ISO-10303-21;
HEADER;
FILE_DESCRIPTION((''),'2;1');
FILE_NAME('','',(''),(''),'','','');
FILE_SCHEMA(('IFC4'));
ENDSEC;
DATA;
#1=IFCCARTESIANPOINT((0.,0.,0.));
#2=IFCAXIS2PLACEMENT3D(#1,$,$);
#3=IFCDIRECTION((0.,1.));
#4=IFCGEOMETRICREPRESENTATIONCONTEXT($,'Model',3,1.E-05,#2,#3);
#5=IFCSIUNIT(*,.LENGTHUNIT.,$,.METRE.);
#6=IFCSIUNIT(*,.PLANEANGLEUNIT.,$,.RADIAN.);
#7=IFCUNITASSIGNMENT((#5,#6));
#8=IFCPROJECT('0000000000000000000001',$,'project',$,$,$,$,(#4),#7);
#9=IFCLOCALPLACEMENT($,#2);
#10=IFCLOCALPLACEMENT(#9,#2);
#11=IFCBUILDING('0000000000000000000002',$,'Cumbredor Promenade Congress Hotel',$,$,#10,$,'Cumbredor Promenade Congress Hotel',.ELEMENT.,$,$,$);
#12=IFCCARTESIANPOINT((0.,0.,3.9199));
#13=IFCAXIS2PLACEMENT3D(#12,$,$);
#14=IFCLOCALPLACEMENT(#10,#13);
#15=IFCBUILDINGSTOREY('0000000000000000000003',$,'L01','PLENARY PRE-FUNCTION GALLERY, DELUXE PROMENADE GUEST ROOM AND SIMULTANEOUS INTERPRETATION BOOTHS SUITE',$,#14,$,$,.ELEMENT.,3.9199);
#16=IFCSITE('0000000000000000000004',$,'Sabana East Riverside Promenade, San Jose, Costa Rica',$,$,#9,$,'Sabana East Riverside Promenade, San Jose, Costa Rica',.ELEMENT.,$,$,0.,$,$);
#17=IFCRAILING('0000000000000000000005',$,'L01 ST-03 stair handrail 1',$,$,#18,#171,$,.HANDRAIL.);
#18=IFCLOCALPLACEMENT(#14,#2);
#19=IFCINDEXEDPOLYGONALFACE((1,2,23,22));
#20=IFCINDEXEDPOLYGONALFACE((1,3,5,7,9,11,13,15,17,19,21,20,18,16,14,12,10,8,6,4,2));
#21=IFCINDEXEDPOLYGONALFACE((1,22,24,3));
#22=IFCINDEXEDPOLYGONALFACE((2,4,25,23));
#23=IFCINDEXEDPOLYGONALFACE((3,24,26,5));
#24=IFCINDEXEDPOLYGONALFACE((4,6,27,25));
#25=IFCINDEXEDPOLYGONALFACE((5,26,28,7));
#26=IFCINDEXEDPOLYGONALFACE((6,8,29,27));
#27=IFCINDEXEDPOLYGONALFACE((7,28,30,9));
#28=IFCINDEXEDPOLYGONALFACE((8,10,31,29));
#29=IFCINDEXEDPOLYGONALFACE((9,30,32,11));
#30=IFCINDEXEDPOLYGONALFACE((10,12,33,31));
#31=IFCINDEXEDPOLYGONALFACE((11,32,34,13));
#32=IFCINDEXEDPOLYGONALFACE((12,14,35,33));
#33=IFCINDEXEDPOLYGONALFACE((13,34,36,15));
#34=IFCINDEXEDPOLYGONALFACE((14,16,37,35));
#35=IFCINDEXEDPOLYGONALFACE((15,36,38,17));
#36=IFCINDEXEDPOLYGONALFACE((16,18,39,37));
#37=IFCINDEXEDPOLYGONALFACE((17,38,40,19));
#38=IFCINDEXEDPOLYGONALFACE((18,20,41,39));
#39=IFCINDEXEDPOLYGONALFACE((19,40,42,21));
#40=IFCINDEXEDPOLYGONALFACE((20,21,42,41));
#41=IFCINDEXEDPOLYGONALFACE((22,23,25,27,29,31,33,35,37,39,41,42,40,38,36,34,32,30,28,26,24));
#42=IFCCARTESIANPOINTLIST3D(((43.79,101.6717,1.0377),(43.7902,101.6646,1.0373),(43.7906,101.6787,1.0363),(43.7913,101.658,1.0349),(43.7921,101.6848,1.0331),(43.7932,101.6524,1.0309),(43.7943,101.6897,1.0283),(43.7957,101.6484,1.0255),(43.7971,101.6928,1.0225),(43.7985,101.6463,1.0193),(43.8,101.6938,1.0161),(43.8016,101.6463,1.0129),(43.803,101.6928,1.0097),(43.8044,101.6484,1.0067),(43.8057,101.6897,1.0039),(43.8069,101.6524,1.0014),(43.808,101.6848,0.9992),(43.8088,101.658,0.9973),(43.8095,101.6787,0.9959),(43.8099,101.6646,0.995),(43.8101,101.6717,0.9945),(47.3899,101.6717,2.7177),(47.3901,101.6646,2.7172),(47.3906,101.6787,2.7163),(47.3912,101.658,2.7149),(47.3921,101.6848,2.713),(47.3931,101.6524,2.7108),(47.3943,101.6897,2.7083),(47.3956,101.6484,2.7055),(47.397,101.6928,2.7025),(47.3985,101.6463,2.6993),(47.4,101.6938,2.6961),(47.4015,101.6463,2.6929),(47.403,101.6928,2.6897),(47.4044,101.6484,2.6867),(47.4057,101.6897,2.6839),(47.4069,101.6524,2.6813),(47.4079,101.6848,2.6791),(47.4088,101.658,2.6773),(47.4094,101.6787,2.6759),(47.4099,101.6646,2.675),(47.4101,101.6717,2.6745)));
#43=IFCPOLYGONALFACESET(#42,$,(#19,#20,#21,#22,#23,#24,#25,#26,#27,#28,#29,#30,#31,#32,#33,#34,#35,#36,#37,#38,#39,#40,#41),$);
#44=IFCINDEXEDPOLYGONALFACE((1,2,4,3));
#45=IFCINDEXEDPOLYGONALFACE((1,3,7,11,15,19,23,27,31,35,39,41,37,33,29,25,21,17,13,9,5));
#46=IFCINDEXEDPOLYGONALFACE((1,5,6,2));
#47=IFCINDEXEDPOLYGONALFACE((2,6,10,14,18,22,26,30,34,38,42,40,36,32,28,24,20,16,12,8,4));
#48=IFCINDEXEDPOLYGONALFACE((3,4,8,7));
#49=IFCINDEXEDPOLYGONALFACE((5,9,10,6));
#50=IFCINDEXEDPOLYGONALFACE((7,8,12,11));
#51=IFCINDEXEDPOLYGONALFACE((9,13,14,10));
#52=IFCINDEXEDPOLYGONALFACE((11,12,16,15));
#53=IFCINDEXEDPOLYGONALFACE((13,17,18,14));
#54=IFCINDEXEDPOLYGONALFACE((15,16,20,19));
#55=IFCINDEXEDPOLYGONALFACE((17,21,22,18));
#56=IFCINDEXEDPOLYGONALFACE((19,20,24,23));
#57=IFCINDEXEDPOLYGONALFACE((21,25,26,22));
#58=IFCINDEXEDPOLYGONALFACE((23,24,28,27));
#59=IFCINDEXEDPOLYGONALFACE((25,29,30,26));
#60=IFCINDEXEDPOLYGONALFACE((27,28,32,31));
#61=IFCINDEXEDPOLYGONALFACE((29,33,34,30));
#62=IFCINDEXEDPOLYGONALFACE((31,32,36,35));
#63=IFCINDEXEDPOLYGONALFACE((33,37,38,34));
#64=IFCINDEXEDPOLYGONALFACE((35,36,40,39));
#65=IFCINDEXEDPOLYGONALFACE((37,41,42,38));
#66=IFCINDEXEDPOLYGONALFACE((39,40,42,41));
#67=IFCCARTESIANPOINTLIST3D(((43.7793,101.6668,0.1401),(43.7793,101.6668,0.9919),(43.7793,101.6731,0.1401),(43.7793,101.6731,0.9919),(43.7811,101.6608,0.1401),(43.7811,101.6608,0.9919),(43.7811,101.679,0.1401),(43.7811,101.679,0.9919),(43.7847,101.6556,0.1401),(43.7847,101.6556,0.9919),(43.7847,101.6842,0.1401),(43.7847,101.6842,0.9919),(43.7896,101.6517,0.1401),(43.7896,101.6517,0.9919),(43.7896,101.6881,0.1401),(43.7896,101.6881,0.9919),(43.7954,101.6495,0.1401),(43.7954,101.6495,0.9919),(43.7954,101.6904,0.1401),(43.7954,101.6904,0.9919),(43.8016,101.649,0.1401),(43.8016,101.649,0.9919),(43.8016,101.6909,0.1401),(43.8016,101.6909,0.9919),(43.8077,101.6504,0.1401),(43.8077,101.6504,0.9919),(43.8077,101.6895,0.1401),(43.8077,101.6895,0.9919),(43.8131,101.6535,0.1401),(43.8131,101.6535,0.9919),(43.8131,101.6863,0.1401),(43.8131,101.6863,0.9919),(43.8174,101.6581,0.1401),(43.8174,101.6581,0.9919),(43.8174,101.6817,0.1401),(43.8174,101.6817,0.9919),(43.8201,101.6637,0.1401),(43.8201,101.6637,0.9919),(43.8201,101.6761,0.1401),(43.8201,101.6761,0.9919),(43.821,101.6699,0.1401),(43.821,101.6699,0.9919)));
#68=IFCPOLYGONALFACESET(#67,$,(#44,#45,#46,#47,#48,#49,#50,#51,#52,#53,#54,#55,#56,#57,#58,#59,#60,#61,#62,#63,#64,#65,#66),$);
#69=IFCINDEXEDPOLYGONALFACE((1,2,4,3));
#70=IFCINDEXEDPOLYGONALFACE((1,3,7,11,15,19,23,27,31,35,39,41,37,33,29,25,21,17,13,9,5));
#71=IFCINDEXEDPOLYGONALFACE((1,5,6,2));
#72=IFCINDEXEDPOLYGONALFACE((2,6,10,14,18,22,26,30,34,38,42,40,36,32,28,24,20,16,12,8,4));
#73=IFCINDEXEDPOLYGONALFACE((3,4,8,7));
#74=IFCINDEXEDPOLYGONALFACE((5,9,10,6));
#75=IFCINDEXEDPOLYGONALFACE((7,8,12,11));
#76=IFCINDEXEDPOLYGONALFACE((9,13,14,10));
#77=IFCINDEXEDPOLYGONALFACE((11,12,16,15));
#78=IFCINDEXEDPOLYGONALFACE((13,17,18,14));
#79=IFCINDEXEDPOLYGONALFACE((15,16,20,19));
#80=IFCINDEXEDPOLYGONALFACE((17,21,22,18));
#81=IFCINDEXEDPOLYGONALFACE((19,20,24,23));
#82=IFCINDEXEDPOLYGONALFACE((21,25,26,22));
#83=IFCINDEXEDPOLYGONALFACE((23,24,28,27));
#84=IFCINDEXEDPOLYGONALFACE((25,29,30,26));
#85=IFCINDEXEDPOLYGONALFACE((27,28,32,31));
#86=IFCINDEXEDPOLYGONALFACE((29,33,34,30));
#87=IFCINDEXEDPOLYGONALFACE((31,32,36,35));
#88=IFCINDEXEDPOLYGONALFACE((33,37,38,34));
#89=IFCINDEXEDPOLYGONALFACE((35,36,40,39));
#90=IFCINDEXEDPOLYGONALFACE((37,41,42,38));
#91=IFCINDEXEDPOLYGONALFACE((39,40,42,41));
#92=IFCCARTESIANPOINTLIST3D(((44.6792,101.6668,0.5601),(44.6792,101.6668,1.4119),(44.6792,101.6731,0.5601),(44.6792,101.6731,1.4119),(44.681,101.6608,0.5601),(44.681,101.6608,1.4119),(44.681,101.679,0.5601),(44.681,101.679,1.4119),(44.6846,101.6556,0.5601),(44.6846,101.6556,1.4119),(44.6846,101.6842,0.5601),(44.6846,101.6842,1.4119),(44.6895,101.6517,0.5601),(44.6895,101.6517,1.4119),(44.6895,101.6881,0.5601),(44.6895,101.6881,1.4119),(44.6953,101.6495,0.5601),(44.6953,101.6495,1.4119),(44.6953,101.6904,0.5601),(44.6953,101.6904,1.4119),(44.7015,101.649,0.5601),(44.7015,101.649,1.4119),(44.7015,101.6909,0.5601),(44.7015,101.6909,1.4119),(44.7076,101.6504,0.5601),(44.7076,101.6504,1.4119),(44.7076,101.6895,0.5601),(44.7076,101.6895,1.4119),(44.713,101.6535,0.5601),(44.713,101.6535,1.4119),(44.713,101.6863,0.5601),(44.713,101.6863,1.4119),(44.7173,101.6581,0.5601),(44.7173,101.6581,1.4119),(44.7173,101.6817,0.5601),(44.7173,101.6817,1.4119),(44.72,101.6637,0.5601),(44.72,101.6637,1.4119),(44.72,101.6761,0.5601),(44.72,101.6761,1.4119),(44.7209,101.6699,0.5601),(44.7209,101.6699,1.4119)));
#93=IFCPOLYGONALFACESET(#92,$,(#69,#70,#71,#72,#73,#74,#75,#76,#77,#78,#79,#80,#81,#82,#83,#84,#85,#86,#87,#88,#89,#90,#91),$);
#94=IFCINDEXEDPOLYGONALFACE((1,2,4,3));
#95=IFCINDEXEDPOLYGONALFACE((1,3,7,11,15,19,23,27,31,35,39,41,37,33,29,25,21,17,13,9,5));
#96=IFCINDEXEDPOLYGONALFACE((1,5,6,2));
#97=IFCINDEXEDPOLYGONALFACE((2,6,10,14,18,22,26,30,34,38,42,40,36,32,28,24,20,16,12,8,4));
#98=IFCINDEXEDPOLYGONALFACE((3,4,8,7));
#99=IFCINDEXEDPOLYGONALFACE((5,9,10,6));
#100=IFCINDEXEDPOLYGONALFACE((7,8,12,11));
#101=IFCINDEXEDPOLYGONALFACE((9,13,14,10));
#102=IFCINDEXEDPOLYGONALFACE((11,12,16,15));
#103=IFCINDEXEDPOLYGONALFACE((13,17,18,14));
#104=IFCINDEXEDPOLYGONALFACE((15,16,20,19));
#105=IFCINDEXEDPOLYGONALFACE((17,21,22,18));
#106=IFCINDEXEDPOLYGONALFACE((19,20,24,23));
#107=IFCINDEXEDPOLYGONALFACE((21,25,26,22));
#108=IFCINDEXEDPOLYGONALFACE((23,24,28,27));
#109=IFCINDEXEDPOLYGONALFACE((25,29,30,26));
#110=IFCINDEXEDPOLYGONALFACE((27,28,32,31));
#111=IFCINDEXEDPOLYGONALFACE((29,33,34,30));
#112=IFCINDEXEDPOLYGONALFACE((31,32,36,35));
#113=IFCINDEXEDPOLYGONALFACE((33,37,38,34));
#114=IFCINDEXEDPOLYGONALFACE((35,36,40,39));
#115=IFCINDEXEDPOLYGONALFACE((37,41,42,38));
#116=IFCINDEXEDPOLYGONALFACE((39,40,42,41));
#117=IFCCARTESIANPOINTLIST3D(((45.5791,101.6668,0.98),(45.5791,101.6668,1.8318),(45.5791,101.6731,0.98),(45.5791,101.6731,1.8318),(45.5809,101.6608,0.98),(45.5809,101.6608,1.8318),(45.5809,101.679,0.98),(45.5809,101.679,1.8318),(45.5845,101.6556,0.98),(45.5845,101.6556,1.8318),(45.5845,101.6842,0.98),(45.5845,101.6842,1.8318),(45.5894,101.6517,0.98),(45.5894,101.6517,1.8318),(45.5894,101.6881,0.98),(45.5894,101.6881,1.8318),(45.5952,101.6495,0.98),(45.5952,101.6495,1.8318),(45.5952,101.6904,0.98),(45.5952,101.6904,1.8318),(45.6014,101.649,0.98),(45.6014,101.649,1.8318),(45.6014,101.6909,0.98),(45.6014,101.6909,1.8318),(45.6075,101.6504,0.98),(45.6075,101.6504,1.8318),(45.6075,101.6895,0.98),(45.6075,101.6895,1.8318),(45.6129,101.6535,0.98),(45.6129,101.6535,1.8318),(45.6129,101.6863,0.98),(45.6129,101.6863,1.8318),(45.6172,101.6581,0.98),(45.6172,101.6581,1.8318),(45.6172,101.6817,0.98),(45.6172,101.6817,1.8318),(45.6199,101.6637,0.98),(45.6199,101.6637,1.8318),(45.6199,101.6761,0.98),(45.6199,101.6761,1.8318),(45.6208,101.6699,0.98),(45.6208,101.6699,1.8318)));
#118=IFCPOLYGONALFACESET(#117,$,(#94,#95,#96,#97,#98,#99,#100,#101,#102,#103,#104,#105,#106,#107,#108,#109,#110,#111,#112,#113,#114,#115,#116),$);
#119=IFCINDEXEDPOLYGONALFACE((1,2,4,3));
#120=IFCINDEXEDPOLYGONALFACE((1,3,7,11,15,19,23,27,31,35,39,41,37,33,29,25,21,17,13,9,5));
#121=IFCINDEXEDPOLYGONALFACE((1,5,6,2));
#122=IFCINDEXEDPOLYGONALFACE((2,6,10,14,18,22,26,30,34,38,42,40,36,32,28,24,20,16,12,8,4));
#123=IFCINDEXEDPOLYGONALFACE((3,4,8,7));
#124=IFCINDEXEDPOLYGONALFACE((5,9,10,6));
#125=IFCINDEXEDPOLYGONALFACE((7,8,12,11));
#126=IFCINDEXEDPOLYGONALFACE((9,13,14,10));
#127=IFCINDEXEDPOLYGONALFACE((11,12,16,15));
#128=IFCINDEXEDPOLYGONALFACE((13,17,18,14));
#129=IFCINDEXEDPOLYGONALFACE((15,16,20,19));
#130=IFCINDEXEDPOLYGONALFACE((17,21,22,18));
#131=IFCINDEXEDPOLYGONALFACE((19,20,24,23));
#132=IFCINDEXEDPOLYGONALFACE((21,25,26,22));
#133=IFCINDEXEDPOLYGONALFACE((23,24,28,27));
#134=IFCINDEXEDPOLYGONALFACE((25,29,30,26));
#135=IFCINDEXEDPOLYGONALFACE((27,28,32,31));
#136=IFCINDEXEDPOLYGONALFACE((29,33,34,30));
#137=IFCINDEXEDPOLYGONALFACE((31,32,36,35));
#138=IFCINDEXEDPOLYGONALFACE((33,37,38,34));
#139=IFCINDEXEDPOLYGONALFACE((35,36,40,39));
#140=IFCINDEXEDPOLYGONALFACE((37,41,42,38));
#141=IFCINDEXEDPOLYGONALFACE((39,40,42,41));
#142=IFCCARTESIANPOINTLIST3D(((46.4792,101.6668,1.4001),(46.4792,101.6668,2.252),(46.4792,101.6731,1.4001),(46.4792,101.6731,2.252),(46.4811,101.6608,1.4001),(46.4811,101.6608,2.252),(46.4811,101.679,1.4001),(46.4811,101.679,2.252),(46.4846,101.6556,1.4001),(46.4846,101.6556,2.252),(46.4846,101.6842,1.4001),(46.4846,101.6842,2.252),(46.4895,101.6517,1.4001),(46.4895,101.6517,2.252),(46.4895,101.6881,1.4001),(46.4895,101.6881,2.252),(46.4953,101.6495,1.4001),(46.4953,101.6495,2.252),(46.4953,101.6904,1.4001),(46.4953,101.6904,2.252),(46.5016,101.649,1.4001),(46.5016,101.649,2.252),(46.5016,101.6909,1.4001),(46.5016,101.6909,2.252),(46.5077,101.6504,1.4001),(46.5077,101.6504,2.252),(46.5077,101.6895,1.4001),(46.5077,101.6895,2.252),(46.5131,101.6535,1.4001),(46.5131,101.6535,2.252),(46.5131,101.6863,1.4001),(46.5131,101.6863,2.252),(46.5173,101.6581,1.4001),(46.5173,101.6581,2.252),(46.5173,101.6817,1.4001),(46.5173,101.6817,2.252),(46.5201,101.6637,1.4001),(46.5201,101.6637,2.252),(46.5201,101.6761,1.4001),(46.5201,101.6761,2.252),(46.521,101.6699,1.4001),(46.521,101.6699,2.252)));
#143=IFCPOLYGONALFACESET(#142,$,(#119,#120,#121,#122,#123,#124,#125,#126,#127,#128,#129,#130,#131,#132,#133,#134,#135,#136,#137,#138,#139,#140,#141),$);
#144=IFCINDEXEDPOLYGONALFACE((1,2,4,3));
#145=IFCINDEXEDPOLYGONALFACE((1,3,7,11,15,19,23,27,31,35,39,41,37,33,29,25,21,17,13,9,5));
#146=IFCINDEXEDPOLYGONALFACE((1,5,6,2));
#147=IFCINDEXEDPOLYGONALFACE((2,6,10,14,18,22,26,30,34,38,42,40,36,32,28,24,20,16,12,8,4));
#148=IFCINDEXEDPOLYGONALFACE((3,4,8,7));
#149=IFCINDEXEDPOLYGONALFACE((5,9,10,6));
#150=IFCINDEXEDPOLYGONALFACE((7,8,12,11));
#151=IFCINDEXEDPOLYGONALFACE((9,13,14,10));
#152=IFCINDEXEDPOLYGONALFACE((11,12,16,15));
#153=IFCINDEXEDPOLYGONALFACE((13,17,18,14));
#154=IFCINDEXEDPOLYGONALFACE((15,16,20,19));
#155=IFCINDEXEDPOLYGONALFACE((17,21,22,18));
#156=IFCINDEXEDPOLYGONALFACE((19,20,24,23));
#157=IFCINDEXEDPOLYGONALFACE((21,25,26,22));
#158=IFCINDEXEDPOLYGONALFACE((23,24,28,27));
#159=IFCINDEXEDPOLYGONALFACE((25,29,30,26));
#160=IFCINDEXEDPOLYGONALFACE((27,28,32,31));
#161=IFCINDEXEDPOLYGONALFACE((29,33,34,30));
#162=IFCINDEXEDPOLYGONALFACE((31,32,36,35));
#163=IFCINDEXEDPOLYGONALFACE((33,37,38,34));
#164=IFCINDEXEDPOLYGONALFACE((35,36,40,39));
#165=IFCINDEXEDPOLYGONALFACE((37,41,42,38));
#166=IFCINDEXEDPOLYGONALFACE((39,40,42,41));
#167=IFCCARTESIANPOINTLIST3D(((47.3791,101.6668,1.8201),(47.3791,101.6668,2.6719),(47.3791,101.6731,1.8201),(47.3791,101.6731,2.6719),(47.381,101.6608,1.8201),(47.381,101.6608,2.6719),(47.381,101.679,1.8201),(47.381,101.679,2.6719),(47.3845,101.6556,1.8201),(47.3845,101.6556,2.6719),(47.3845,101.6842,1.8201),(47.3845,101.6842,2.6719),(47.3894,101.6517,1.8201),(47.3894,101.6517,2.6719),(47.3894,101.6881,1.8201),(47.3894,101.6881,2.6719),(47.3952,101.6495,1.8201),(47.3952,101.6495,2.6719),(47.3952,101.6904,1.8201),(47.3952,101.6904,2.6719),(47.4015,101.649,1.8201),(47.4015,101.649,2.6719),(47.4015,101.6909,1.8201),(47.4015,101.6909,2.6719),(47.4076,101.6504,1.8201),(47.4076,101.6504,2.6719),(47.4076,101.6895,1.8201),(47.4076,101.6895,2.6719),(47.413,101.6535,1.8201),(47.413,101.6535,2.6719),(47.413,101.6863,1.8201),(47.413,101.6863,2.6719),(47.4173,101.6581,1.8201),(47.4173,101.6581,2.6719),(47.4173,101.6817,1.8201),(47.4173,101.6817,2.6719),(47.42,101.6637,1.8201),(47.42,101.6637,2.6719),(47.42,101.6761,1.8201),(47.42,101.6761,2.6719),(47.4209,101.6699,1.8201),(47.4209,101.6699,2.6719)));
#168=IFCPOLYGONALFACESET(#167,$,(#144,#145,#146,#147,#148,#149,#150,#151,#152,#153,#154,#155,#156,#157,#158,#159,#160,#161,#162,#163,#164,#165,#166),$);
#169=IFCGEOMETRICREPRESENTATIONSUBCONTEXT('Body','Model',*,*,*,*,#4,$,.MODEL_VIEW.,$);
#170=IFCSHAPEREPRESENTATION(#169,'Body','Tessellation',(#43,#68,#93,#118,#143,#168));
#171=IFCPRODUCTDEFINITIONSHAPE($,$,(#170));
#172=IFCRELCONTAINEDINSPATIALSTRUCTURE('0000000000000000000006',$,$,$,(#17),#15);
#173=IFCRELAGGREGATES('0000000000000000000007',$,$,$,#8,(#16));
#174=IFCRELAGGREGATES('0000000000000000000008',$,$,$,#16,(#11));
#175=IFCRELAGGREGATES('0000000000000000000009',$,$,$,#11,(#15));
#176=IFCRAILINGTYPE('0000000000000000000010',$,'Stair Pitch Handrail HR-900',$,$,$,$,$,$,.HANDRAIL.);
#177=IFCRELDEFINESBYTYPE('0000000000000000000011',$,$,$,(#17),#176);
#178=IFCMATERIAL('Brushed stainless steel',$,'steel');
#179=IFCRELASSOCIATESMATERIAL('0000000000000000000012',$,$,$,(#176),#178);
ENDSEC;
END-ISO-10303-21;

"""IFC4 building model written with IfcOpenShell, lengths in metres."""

from ifc_helpers import new_model, si_unit, direction, frame, origin, origin_2d, place, context, subcontext, project, spatial, circle, extrude, material, type_object, element, save


model = new_model("IFC4")

# Units and contexts
model_context = context("Model", 3, precision=1e-05, world=origin(), true_north=direction((0.0, 1.0)))
body_context = subcontext(model_context, "Body", "Model", "MODEL_VIEW")
ifc_project = project(units=[si_unit("LENGTHUNIT", "METRE"), si_unit("PLANEANGLEUNIT", "RADIAN")], contexts=[model_context])

# Site, building, storey
site_placement = place(None, origin())
site = spatial("IfcSite", under=ifc_project, at=site_placement, Name="Sabana East Riverside Promenade, San Jose, Costa Rica", LongName="Sabana East Riverside Promenade, San Jose, Costa Rica", CompositionType="ELEMENT", RefElevation=0.0)
building_placement = place(site_placement, origin())
building = spatial("IfcBuilding", under=site, at=building_placement, Name="Cumbredor Promenade Congress Hotel", LongName="Cumbredor Promenade Congress Hotel", CompositionType="ELEMENT")
storey_placement = place(building_placement, frame((0.0, 0.0, 3.9199)))
storey = spatial("IfcBuildingStorey", under=building, at=storey_placement, Name="L01", Description="PLENARY PRE-FUNCTION GALLERY, DELUXE PROMENADE GUEST ROOM AND SIMULTANEOUS INTERPRETATION BOOTHS SUITE", CompositionType="ELEMENT", Elevation=3.9199)

# Railing
ifc_material_1 = material(Name="Brushed stainless steel", Category="steel")
railing_type_1 = type_object("IfcRailingType", Name="Stair Pitch Handrail HR-900", PredefinedType="HANDRAIL", material=ifc_material_1)
railing_1_placement = place(storey_placement, frame((43.8, 101.6699, 0.1401)))
element("IfcRailing", 1, at=railing_1_placement, inside=storey, type_object=railing_type_1, Name="L01 ST-03 stair handrail 1", PredefinedType="HANDRAIL", context=body_context, shape_type="SweptSolid", body=[
    extrude(circle(Radius=0.0239, at=origin_2d()), frame((0.0, 0.0, 0.876), z_axis=(0.906183, 0.0, 0.422885), x_axis=(0.0, 1.0, 0.0)), (0.0, 0.0, 1.0), 3.9727),
    extrude(circle(Radius=0.021, at=origin_2d()), origin(), (0.0, 0.0, 1.0), 0.8518),
    extrude(circle(Radius=0.021, at=origin_2d()), frame((0.8999, 0.0, 0.4199)), (0.0, 0.0, 1.0), 0.8518),
    extrude(circle(Radius=0.021, at=origin_2d()), frame((1.7998, 0.0, 0.8398)), (0.0, 0.0, 1.0), 0.8518),
    extrude(circle(Radius=0.021, at=origin_2d()), frame((2.7, 0.0, 1.26)), (0.0, 0.0, 1.0), 0.8518),
    extrude(circle(Radius=0.021, at=origin_2d()), frame((3.5999, 0.0, 1.6799)), (0.0, 0.0, 1.0), 0.8518),
])

save(model, "model.ifc")
